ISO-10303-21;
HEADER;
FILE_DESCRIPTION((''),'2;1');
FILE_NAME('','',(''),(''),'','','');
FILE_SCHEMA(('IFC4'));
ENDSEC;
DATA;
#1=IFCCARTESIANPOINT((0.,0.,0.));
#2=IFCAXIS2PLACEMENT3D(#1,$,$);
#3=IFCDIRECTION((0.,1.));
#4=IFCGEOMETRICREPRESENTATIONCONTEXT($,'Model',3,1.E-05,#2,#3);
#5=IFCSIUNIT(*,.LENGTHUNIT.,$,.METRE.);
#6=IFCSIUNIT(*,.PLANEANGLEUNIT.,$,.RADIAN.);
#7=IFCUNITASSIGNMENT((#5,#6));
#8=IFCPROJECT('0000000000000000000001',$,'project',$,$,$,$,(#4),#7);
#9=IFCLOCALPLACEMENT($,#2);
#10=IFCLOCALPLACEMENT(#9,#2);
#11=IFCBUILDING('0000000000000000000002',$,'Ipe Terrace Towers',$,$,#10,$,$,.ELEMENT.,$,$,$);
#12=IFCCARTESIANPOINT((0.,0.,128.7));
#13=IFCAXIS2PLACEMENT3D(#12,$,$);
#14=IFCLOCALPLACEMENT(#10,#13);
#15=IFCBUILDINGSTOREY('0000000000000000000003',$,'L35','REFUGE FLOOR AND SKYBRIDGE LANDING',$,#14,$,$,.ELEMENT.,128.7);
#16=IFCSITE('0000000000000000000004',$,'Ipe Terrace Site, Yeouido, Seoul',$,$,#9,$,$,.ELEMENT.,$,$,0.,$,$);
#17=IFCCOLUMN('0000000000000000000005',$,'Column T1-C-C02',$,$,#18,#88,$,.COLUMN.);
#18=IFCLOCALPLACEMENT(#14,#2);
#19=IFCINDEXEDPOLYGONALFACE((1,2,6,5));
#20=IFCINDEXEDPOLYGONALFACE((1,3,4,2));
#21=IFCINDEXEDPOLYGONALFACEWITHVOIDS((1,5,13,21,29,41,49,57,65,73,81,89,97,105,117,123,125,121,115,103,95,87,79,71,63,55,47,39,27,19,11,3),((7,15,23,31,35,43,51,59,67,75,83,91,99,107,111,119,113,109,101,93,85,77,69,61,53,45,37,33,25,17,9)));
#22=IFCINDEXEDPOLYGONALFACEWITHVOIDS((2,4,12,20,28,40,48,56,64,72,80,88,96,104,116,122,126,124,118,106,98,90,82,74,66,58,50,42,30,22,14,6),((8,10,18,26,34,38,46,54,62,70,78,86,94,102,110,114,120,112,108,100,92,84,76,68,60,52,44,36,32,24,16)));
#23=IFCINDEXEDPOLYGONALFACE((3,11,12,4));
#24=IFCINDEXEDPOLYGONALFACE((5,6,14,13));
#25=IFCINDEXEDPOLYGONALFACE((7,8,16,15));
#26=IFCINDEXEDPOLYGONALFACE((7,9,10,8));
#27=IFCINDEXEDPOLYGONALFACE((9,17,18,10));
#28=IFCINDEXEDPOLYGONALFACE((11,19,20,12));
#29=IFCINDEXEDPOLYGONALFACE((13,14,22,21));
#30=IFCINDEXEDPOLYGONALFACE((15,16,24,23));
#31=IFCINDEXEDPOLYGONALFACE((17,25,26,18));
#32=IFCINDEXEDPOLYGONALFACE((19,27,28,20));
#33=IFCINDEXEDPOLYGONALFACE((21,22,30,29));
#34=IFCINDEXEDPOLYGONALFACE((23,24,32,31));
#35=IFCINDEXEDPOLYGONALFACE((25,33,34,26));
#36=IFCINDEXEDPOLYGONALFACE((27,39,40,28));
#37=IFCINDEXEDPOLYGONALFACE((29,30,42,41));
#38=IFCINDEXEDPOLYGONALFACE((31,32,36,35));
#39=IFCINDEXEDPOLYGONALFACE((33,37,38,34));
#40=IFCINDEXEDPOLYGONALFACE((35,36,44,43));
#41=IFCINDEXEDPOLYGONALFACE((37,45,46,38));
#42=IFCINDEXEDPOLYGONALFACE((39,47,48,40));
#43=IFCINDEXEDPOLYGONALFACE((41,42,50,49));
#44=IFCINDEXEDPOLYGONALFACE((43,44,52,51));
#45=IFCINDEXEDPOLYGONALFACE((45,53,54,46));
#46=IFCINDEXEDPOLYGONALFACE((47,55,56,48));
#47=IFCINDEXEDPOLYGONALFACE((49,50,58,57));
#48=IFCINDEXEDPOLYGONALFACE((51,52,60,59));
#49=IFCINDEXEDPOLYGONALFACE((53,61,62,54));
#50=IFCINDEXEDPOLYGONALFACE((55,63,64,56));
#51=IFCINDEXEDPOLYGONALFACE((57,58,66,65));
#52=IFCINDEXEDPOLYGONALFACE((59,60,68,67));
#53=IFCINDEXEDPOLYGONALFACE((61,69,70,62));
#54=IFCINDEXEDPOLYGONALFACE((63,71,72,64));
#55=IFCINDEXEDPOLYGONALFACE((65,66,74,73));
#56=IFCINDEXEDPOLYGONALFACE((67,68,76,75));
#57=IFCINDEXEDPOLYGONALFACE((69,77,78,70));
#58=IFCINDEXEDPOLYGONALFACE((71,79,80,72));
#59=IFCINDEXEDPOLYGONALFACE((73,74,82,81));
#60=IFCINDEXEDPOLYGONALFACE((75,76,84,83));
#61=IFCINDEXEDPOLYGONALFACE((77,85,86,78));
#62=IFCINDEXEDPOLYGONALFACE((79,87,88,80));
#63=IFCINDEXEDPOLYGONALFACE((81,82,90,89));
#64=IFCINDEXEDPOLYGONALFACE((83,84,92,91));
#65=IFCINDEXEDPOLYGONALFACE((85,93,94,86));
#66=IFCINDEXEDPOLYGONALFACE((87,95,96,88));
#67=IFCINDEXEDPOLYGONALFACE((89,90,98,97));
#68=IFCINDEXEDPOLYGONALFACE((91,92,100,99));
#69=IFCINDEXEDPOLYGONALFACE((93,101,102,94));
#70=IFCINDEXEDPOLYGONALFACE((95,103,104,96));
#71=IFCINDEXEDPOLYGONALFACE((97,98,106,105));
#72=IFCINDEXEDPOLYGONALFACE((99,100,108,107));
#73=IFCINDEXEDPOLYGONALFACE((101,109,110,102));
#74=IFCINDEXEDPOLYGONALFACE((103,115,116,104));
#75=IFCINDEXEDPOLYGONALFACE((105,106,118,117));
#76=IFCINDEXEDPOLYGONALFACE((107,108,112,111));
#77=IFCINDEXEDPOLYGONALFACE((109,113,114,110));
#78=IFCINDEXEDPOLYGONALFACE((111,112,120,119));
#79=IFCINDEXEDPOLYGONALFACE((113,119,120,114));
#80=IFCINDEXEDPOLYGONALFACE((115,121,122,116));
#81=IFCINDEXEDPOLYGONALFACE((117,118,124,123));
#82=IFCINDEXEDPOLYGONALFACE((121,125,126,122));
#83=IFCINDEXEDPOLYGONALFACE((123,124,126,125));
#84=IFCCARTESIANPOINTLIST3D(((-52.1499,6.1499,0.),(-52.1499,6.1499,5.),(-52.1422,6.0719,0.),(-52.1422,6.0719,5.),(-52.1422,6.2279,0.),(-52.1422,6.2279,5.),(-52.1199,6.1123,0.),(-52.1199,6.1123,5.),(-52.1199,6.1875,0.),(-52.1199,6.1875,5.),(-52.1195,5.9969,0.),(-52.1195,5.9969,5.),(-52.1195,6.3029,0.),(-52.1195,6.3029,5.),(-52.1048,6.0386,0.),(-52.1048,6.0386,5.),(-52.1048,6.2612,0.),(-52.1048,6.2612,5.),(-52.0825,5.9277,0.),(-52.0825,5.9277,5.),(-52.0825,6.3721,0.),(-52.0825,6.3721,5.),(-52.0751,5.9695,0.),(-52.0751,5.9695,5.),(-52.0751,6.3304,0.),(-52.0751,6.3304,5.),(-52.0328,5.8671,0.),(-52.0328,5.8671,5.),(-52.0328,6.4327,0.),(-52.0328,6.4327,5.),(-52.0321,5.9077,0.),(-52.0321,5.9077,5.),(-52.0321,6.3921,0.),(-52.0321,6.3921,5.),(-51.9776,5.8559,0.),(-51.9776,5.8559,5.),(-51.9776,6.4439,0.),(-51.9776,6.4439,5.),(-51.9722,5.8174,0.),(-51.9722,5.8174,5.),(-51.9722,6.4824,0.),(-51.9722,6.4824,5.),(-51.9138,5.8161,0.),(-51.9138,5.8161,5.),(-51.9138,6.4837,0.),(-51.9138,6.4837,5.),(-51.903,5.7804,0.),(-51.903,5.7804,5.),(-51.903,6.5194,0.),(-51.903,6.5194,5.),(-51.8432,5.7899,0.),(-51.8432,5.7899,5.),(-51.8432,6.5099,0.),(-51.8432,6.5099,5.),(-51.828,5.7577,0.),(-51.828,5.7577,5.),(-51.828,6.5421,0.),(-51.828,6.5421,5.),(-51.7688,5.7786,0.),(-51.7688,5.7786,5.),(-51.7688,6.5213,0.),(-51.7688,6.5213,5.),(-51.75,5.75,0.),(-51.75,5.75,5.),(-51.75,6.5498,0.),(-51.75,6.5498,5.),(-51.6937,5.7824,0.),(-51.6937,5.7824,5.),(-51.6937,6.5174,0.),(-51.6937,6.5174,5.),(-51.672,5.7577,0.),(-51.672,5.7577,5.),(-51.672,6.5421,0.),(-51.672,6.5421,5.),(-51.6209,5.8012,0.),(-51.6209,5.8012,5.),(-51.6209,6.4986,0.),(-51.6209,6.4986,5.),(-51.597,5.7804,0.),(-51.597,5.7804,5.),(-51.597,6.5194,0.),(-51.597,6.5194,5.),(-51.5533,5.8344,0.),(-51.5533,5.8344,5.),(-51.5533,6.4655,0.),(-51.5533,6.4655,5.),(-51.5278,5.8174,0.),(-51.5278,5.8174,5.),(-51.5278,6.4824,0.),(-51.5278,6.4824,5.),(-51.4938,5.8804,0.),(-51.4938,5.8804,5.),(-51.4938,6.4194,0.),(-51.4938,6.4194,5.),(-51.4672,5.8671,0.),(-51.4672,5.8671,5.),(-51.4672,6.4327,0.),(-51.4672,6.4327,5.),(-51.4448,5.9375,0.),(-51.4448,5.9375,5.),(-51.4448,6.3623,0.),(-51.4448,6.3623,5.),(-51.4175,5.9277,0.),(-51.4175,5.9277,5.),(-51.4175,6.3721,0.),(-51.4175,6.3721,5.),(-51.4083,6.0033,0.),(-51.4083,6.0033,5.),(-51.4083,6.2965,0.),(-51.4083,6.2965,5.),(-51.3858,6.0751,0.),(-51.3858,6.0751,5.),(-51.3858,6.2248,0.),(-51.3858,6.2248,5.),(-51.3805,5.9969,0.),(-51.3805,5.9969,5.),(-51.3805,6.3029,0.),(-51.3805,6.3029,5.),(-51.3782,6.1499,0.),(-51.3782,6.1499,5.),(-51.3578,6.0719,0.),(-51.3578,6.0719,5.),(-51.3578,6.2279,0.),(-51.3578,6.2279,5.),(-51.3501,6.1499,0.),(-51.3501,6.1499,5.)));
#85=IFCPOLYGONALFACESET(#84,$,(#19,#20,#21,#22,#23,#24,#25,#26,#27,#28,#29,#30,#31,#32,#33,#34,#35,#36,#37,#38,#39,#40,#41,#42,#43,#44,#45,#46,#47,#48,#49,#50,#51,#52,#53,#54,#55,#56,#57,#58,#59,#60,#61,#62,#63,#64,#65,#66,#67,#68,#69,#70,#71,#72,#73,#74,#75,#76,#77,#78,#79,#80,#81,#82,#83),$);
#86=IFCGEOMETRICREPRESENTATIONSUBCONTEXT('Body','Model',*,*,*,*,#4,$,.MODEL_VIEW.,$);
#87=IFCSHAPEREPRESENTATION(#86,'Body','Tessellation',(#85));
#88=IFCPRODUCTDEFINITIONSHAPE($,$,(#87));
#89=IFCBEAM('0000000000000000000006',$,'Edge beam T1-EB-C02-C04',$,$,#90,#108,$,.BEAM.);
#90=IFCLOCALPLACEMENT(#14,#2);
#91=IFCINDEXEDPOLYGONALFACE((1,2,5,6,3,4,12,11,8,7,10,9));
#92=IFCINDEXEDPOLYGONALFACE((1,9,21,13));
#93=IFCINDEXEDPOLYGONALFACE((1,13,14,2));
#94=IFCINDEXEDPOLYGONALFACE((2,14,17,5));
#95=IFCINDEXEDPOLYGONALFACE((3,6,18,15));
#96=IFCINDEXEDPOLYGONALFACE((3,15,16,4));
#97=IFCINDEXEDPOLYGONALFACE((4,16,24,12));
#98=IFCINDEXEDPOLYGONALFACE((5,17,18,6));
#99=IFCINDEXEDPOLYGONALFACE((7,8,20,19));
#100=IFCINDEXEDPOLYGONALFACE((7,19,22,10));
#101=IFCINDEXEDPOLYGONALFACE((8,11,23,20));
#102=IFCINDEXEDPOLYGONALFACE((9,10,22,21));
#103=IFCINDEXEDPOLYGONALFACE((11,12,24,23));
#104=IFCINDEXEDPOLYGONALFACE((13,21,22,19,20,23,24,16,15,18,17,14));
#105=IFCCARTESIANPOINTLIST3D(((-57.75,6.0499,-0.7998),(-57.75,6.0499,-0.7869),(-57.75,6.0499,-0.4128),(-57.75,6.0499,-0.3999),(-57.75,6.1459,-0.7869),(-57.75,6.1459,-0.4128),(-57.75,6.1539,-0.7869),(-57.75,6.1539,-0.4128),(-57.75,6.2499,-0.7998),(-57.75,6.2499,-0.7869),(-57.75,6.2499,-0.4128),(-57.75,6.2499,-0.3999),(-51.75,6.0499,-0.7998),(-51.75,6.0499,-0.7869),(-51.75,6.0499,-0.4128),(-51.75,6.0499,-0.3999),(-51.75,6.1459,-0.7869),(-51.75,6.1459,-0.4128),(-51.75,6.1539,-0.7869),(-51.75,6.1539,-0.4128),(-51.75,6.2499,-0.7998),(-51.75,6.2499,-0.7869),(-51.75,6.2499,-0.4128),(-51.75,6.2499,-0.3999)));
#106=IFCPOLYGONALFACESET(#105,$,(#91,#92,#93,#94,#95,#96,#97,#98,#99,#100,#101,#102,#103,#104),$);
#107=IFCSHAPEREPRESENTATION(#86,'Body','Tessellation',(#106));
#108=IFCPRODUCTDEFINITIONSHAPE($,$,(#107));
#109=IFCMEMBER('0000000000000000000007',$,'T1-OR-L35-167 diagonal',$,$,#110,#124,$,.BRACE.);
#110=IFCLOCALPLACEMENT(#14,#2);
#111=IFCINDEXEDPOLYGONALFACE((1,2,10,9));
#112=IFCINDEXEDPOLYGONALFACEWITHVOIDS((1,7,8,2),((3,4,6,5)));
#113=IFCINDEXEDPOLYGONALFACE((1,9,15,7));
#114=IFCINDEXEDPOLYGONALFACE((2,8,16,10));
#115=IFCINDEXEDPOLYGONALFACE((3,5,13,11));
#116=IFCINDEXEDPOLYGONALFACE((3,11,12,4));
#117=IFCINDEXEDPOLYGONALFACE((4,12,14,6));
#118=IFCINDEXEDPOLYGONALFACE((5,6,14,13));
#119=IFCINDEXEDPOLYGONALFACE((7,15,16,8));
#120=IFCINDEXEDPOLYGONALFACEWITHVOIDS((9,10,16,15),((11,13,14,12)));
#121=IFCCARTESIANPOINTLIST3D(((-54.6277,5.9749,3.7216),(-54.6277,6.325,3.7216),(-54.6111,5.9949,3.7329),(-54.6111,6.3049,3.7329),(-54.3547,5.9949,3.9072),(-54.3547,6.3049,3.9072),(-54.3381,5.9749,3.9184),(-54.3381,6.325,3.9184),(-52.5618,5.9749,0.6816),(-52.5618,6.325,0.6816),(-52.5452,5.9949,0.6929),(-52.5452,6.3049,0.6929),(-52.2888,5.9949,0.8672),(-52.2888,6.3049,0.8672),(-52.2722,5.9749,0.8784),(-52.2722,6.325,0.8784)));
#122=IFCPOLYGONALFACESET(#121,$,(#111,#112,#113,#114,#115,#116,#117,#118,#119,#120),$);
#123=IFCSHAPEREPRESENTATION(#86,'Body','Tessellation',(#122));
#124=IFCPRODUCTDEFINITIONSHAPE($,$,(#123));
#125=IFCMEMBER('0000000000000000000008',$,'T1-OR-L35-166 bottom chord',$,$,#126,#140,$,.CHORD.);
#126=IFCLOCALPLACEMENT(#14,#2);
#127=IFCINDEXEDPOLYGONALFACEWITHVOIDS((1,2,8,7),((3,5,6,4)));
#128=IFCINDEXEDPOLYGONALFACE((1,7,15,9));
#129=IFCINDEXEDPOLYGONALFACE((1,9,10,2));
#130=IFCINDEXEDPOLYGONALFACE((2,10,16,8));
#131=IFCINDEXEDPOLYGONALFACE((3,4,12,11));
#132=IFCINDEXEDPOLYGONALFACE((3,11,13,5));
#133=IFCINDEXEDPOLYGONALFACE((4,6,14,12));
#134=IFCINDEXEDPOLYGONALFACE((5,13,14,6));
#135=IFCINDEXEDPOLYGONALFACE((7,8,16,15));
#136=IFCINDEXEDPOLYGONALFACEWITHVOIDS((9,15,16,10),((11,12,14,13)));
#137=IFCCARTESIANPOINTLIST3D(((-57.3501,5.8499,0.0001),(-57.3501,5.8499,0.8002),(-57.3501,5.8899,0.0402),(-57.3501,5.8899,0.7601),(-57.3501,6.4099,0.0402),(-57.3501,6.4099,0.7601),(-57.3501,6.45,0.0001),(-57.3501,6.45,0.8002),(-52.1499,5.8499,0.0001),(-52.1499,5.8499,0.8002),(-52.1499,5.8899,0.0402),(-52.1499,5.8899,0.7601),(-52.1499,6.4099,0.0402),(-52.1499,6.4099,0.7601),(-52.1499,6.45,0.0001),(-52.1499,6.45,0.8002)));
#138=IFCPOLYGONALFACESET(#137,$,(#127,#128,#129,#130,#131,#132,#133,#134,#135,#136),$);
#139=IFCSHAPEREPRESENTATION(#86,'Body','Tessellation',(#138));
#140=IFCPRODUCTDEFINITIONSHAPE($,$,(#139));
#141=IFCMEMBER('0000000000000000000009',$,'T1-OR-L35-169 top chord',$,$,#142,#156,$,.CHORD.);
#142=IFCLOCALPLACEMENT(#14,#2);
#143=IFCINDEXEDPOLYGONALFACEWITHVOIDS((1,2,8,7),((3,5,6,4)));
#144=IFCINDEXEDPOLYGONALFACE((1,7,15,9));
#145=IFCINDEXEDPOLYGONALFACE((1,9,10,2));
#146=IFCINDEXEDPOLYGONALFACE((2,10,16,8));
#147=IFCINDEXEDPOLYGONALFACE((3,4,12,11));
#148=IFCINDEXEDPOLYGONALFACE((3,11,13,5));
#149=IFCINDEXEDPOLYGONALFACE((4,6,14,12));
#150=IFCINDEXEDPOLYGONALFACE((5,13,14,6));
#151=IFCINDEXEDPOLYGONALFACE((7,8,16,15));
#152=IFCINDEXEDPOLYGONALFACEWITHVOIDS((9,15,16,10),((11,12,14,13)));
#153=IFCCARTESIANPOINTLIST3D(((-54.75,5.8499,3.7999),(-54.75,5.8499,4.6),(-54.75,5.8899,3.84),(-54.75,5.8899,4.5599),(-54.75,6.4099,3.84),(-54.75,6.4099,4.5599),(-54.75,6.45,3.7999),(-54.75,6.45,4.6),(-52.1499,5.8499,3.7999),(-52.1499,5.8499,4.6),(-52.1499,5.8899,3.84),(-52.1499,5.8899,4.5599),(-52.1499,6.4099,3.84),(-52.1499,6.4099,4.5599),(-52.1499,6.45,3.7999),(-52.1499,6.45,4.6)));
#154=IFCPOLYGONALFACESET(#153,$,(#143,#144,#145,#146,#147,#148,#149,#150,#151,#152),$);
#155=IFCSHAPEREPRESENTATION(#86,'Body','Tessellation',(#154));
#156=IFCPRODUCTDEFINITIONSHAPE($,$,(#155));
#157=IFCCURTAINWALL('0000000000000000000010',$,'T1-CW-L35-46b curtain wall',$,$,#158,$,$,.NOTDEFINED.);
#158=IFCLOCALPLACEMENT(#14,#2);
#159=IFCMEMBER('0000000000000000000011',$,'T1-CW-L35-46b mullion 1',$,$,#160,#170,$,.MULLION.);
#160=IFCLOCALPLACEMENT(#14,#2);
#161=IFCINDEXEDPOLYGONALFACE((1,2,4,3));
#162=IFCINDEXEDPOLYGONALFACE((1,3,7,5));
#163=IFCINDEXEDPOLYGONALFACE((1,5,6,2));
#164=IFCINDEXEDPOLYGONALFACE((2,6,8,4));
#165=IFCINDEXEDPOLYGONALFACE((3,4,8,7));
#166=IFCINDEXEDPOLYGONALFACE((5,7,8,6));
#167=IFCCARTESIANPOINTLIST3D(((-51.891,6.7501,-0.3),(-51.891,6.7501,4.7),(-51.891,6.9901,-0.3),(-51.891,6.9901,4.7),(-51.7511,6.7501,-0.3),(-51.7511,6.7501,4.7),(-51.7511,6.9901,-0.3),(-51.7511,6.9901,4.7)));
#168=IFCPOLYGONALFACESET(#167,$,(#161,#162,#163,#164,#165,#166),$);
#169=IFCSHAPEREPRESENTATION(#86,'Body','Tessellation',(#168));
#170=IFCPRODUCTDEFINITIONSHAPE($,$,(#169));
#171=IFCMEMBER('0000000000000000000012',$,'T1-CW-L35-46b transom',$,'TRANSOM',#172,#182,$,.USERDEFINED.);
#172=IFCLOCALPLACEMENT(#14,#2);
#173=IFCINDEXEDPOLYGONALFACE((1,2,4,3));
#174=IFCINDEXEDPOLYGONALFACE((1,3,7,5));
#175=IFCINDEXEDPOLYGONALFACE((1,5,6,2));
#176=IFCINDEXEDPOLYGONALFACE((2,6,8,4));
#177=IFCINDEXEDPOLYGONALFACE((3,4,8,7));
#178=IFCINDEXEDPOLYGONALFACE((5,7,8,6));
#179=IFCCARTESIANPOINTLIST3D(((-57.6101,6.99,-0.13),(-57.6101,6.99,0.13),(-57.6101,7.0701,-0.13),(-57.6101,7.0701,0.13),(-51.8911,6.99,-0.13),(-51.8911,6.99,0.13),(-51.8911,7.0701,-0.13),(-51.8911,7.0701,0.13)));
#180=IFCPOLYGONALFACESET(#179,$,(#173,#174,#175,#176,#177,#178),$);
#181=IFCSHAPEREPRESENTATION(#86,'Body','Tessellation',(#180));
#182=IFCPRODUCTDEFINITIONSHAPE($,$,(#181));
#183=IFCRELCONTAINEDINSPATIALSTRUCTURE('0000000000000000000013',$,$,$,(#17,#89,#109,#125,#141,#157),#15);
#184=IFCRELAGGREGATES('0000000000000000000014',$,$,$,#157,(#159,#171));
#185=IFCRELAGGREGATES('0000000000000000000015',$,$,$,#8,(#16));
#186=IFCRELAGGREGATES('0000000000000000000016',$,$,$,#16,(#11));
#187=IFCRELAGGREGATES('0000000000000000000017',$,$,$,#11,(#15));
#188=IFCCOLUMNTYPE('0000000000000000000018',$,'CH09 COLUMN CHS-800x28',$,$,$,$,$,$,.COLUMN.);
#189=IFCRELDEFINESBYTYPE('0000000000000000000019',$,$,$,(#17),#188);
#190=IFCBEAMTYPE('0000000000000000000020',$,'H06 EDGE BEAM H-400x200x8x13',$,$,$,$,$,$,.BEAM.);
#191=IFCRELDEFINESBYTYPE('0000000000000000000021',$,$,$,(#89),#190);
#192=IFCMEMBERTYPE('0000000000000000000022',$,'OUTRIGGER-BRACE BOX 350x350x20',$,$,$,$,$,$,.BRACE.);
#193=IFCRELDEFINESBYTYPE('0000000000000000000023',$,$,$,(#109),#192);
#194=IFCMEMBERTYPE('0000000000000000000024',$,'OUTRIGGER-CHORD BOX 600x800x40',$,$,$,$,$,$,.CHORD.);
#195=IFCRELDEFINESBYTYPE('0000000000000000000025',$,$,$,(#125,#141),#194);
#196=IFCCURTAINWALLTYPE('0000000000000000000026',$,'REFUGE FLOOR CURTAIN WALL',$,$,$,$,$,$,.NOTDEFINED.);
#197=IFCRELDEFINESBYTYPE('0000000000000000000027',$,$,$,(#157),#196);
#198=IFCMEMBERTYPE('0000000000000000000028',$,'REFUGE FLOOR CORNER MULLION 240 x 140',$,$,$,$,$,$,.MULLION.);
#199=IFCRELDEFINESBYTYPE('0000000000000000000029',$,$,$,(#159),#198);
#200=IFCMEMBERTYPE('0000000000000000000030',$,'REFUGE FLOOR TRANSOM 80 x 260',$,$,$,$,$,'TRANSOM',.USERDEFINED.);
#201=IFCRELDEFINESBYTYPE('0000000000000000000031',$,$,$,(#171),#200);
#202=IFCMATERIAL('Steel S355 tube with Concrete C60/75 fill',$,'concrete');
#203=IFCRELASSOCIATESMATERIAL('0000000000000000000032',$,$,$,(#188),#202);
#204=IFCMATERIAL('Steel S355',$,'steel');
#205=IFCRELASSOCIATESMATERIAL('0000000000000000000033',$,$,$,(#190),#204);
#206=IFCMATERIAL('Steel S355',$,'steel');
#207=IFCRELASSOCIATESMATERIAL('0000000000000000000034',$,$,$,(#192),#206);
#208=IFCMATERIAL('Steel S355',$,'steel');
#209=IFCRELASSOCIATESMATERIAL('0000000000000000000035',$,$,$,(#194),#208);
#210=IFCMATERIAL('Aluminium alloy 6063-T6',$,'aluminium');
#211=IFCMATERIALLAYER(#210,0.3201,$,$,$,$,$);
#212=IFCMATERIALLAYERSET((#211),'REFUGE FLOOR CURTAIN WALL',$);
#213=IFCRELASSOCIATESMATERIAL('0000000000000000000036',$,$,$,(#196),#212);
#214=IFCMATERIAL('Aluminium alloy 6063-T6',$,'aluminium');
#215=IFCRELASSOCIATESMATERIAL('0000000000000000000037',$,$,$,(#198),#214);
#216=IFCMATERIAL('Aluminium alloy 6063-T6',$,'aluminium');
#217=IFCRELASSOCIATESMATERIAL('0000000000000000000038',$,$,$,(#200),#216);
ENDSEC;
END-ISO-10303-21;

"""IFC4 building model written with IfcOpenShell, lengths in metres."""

from ifc_helpers import new_model, si_unit, direction, frame, origin, origin_2d, place, context, subcontext, project, spatial, rectangle, hollow_rectangle, hollow_circle, i_section, extrude, material, layer, layer_set, material_profile, profile_set, type_object, element, aggregate, save


model = new_model("IFC4")

# Units and contexts
model_context = context("Model", 3, precision=1e-05, world=origin(), true_north=direction((0.0, 1.0)))
body_context = subcontext(model_context, "Body", "Model", "MODEL_VIEW")
ifc_project = project(units=[si_unit("LENGTHUNIT", "METRE"), si_unit("PLANEANGLEUNIT", "RADIAN")], contexts=[model_context])

# Site, building, storey
site_placement = place(None, origin())
site = spatial("IfcSite", under=ifc_project, at=site_placement, Name="Ipe Terrace Site, Yeouido, Seoul", CompositionType="ELEMENT", RefElevation=0.0)
building_placement = place(site_placement, origin())
building = spatial("IfcBuilding", under=site, at=building_placement, Name="Ipe Terrace Towers", CompositionType="ELEMENT")
storey_placement = place(building_placement, frame((0.0, 0.0, 128.7)))
storey = spatial("IfcBuildingStorey", under=building, at=storey_placement, Name="L35", Description="REFUGE FLOOR AND SKYBRIDGE LANDING", CompositionType="ELEMENT", Elevation=128.7)

# Column
ifc_material_1 = material(Name="Steel S355 tube with Concrete C60/75 fill", Category="concrete")
ifc_material_profile_1 = material_profile(ifc_material_1, hollow_circle(Radius=0.3999, WallThickness=0.0281, at=origin_2d()), Name="CHS-800x28")
ifc_profile_set_1 = profile_set([ifc_material_profile_1], Name="Steel S355 tube with Concrete C60/75 fill")
column_type = type_object("IfcColumnType", Name="CH09 COLUMN CHS-800x28", PredefinedType="COLUMN", material=ifc_profile_set_1)
column_placement = place(storey_placement, frame((-51.75, 6.1499, 0.0), z_axis=(0.0, 0.0, 1.0), x_axis=(1.0, 0.0, 0.0)))
element("IfcColumn", 1, at=column_placement, inside=storey, type_object=column_type, Name="Column T1-C-C02", PredefinedType="COLUMN", context=body_context, shape_type="SweptSolid", body=[
    extrude(hollow_circle(Radius=0.3999, WallThickness=0.0281, at=origin_2d()), origin(), (0.0, 0.0, 1.0), 5.0),
])

# Beam
ifc_material_2 = material(Name="Steel S355", Category="steel")
ifc_material_profile_2 = material_profile(ifc_material_2, i_section(OverallWidth=0.2, OverallDepth=0.3999, WebThickness=0.0081, FlangeThickness=0.0129, at=origin_2d()), Name="H-400x200x8x13")
ifc_profile_set_2 = profile_set([ifc_material_profile_2], Name="Steel S355")
beam_type = type_object("IfcBeamType", Name="H06 EDGE BEAM H-400x200x8x13", PredefinedType="BEAM", material=ifc_profile_set_2)
beam_placement = place(storey_placement, frame((-51.75, 6.1499, -0.5999), z_axis=(-1.0, 0.0, 0.0), x_axis=(0.0, -1.0, 0.0)))
element("IfcBeam", 2, at=beam_placement, inside=storey, type_object=beam_type, Name="Edge beam T1-EB-C02-C04", PredefinedType="BEAM", context=body_context, shape_type="SweptSolid", body=[
    extrude(i_section(OverallWidth=0.2, OverallDepth=0.3999, WebThickness=0.0081, FlangeThickness=0.0129, at=origin_2d()), origin(), (0.0, 0.0, 1.0), 6.0),
])

# Members
ifc_material_3 = material(Name="Steel S355", Category="steel")
ifc_material_profile_3 = material_profile(ifc_material_3, hollow_rectangle(XDim=0.3501, YDim=0.3501, WallThickness=0.02, at=origin_2d()), Name="OUTRIGGER-BRACE BOX 350x350x20")
ifc_profile_set_3 = profile_set([ifc_material_profile_3], Name="Steel S355")
member_type_1 = type_object("IfcMemberType", Name="OUTRIGGER-BRACE BOX 350x350x20", PredefinedType="BRACE", material=ifc_profile_set_3)
member_1_placement = place(storey_placement, frame((-52.417, 6.1499, 0.78), z_axis=(-0.562067, 0.0, 0.827092), x_axis=(0.0, -1.0, 0.0)))
element("IfcMember", 3, at=member_1_placement, inside=storey, type_object=member_type_1, Name="T1-OR-L35-167 diagonal", PredefinedType="BRACE", context=body_context, shape_type="SweptSolid", body=[
    extrude(hollow_rectangle(XDim=0.3501, YDim=0.3501, WallThickness=0.02, at=origin_2d()), origin(), (0.0, 0.0, 1.0), 3.6755),
])
ifc_material_4 = material(Name="Steel S355", Category="steel")
ifc_material_profile_4 = material_profile(ifc_material_4, hollow_rectangle(XDim=0.6001, YDim=0.8, WallThickness=0.04, at=origin_2d()), Name="OUTRIGGER-CHORD BOX 600x800x40")
ifc_profile_set_4 = profile_set([ifc_material_profile_4], Name="Steel S355")
member_type_2 = type_object("IfcMemberType", Name="OUTRIGGER-CHORD BOX 600x800x40", PredefinedType="CHORD", material=ifc_profile_set_4)
member_2_placement = place(storey_placement, frame((-52.1499, 6.1499, 0.4001), z_axis=(-1.0, 0.0, 0.0), x_axis=(0.0, -1.0, 0.0)))
element("IfcMember", 4, at=member_2_placement, inside=storey, type_object=member_type_2, Name="T1-OR-L35-166 bottom chord", PredefinedType="CHORD", context=body_context, shape_type="SweptSolid", body=[
    extrude(hollow_rectangle(XDim=0.6001, YDim=0.8, WallThickness=0.04, at=origin_2d()), origin(), (0.0, 0.0, 1.0), 5.2002),
])
member_3_placement = place(storey_placement, frame((-52.1499, 6.1499, 4.2), z_axis=(-1.0, 0.0, 0.0), x_axis=(0.0, -1.0, 0.0)))
element("IfcMember", 5, at=member_3_placement, inside=storey, type_object=member_type_2, Name="T1-OR-L35-169 top chord", PredefinedType="CHORD", context=body_context, shape_type="SweptSolid", body=[
    extrude(hollow_rectangle(XDim=0.6001, YDim=0.8, WallThickness=0.04, at=origin_2d()), origin(), (0.0, 0.0, 1.0), 2.6001),
])

# Curtain wall, members
ifc_material_5 = material(Name="Aluminium alloy 6063-T6", Category="aluminium")
ifc_layer_1 = layer(ifc_material_5, 0.3201)
ifc_layer_set_1 = layer_set([ifc_layer_1], Name="REFUGE FLOOR CURTAIN WALL")
curtain_wall_type = type_object("IfcCurtainWallType", Name="REFUGE FLOOR CURTAIN WALL", PredefinedType="NOTDEFINED", material=ifc_layer_set_1)
curtain_wall_placement = place(storey_placement, origin())
curtain_wall = element("IfcCurtainWall", 6, at=curtain_wall_placement, inside=storey, type_object=curtain_wall_type, Name="T1-CW-L35-46b curtain wall", PredefinedType="NOTDEFINED")
ifc_material_6 = material(Name="Aluminium alloy 6063-T6", Category="aluminium")
ifc_material_profile_5 = material_profile(ifc_material_6, rectangle(XDim=0.24, YDim=0.1399, at=origin_2d()), Name="REFUGE FLOOR CORNER MULLION 240 x 140")
ifc_profile_set_5 = profile_set([ifc_material_profile_5], Name="Aluminium alloy 6063-T6")
member_type_3 = type_object("IfcMemberType", Name="REFUGE FLOOR CORNER MULLION 240 x 140", PredefinedType="MULLION", material=ifc_profile_set_5)
member_4_placement = place(storey_placement, frame((-51.821, 6.8701, -0.3), z_axis=(0.0, 0.0, 1.0), x_axis=(0.0, 1.0, 0.0)))
member_4 = element("IfcMember", 7, at=member_4_placement, type_object=member_type_3, Name="T1-CW-L35-46b mullion 1", PredefinedType="MULLION", context=body_context, shape_type="SweptSolid", body=[
    extrude(rectangle(XDim=0.24, YDim=0.1399, at=origin_2d()), origin(), (0.0, 0.0, 1.0), 5.0),
])
ifc_material_7 = material(Name="Aluminium alloy 6063-T6", Category="aluminium")
ifc_material_profile_6 = material_profile(ifc_material_7, rectangle(XDim=0.0801, YDim=0.26, at=origin_2d()), Name="REFUGE FLOOR TRANSOM 80 x 260")
ifc_profile_set_6 = profile_set([ifc_material_profile_6], Name="Aluminium alloy 6063-T6")
member_type_4 = type_object("IfcMemberType", Name="REFUGE FLOOR TRANSOM 80 x 260", ElementType="TRANSOM", PredefinedType="USERDEFINED", material=ifc_profile_set_6)
member_5_placement = place(storey_placement, frame((-51.8911, 7.03, 0.0), z_axis=(-1.0, 0.0, 0.0), x_axis=(0.0, 1.0, 0.0)))
member_5 = element("IfcMember", 8, at=member_5_placement, type_object=member_type_4, Name="T1-CW-L35-46b transom", ObjectType="TRANSOM", PredefinedType="USERDEFINED", context=body_context, shape_type="SweptSolid", body=[
    extrude(rectangle(XDim=0.0801, YDim=0.26, at=origin_2d()), origin(), (0.0, 0.0, 1.0), 5.719),
])
aggregate(curtain_wall, [member_4, member_5])

save(model, "model.ifc")
